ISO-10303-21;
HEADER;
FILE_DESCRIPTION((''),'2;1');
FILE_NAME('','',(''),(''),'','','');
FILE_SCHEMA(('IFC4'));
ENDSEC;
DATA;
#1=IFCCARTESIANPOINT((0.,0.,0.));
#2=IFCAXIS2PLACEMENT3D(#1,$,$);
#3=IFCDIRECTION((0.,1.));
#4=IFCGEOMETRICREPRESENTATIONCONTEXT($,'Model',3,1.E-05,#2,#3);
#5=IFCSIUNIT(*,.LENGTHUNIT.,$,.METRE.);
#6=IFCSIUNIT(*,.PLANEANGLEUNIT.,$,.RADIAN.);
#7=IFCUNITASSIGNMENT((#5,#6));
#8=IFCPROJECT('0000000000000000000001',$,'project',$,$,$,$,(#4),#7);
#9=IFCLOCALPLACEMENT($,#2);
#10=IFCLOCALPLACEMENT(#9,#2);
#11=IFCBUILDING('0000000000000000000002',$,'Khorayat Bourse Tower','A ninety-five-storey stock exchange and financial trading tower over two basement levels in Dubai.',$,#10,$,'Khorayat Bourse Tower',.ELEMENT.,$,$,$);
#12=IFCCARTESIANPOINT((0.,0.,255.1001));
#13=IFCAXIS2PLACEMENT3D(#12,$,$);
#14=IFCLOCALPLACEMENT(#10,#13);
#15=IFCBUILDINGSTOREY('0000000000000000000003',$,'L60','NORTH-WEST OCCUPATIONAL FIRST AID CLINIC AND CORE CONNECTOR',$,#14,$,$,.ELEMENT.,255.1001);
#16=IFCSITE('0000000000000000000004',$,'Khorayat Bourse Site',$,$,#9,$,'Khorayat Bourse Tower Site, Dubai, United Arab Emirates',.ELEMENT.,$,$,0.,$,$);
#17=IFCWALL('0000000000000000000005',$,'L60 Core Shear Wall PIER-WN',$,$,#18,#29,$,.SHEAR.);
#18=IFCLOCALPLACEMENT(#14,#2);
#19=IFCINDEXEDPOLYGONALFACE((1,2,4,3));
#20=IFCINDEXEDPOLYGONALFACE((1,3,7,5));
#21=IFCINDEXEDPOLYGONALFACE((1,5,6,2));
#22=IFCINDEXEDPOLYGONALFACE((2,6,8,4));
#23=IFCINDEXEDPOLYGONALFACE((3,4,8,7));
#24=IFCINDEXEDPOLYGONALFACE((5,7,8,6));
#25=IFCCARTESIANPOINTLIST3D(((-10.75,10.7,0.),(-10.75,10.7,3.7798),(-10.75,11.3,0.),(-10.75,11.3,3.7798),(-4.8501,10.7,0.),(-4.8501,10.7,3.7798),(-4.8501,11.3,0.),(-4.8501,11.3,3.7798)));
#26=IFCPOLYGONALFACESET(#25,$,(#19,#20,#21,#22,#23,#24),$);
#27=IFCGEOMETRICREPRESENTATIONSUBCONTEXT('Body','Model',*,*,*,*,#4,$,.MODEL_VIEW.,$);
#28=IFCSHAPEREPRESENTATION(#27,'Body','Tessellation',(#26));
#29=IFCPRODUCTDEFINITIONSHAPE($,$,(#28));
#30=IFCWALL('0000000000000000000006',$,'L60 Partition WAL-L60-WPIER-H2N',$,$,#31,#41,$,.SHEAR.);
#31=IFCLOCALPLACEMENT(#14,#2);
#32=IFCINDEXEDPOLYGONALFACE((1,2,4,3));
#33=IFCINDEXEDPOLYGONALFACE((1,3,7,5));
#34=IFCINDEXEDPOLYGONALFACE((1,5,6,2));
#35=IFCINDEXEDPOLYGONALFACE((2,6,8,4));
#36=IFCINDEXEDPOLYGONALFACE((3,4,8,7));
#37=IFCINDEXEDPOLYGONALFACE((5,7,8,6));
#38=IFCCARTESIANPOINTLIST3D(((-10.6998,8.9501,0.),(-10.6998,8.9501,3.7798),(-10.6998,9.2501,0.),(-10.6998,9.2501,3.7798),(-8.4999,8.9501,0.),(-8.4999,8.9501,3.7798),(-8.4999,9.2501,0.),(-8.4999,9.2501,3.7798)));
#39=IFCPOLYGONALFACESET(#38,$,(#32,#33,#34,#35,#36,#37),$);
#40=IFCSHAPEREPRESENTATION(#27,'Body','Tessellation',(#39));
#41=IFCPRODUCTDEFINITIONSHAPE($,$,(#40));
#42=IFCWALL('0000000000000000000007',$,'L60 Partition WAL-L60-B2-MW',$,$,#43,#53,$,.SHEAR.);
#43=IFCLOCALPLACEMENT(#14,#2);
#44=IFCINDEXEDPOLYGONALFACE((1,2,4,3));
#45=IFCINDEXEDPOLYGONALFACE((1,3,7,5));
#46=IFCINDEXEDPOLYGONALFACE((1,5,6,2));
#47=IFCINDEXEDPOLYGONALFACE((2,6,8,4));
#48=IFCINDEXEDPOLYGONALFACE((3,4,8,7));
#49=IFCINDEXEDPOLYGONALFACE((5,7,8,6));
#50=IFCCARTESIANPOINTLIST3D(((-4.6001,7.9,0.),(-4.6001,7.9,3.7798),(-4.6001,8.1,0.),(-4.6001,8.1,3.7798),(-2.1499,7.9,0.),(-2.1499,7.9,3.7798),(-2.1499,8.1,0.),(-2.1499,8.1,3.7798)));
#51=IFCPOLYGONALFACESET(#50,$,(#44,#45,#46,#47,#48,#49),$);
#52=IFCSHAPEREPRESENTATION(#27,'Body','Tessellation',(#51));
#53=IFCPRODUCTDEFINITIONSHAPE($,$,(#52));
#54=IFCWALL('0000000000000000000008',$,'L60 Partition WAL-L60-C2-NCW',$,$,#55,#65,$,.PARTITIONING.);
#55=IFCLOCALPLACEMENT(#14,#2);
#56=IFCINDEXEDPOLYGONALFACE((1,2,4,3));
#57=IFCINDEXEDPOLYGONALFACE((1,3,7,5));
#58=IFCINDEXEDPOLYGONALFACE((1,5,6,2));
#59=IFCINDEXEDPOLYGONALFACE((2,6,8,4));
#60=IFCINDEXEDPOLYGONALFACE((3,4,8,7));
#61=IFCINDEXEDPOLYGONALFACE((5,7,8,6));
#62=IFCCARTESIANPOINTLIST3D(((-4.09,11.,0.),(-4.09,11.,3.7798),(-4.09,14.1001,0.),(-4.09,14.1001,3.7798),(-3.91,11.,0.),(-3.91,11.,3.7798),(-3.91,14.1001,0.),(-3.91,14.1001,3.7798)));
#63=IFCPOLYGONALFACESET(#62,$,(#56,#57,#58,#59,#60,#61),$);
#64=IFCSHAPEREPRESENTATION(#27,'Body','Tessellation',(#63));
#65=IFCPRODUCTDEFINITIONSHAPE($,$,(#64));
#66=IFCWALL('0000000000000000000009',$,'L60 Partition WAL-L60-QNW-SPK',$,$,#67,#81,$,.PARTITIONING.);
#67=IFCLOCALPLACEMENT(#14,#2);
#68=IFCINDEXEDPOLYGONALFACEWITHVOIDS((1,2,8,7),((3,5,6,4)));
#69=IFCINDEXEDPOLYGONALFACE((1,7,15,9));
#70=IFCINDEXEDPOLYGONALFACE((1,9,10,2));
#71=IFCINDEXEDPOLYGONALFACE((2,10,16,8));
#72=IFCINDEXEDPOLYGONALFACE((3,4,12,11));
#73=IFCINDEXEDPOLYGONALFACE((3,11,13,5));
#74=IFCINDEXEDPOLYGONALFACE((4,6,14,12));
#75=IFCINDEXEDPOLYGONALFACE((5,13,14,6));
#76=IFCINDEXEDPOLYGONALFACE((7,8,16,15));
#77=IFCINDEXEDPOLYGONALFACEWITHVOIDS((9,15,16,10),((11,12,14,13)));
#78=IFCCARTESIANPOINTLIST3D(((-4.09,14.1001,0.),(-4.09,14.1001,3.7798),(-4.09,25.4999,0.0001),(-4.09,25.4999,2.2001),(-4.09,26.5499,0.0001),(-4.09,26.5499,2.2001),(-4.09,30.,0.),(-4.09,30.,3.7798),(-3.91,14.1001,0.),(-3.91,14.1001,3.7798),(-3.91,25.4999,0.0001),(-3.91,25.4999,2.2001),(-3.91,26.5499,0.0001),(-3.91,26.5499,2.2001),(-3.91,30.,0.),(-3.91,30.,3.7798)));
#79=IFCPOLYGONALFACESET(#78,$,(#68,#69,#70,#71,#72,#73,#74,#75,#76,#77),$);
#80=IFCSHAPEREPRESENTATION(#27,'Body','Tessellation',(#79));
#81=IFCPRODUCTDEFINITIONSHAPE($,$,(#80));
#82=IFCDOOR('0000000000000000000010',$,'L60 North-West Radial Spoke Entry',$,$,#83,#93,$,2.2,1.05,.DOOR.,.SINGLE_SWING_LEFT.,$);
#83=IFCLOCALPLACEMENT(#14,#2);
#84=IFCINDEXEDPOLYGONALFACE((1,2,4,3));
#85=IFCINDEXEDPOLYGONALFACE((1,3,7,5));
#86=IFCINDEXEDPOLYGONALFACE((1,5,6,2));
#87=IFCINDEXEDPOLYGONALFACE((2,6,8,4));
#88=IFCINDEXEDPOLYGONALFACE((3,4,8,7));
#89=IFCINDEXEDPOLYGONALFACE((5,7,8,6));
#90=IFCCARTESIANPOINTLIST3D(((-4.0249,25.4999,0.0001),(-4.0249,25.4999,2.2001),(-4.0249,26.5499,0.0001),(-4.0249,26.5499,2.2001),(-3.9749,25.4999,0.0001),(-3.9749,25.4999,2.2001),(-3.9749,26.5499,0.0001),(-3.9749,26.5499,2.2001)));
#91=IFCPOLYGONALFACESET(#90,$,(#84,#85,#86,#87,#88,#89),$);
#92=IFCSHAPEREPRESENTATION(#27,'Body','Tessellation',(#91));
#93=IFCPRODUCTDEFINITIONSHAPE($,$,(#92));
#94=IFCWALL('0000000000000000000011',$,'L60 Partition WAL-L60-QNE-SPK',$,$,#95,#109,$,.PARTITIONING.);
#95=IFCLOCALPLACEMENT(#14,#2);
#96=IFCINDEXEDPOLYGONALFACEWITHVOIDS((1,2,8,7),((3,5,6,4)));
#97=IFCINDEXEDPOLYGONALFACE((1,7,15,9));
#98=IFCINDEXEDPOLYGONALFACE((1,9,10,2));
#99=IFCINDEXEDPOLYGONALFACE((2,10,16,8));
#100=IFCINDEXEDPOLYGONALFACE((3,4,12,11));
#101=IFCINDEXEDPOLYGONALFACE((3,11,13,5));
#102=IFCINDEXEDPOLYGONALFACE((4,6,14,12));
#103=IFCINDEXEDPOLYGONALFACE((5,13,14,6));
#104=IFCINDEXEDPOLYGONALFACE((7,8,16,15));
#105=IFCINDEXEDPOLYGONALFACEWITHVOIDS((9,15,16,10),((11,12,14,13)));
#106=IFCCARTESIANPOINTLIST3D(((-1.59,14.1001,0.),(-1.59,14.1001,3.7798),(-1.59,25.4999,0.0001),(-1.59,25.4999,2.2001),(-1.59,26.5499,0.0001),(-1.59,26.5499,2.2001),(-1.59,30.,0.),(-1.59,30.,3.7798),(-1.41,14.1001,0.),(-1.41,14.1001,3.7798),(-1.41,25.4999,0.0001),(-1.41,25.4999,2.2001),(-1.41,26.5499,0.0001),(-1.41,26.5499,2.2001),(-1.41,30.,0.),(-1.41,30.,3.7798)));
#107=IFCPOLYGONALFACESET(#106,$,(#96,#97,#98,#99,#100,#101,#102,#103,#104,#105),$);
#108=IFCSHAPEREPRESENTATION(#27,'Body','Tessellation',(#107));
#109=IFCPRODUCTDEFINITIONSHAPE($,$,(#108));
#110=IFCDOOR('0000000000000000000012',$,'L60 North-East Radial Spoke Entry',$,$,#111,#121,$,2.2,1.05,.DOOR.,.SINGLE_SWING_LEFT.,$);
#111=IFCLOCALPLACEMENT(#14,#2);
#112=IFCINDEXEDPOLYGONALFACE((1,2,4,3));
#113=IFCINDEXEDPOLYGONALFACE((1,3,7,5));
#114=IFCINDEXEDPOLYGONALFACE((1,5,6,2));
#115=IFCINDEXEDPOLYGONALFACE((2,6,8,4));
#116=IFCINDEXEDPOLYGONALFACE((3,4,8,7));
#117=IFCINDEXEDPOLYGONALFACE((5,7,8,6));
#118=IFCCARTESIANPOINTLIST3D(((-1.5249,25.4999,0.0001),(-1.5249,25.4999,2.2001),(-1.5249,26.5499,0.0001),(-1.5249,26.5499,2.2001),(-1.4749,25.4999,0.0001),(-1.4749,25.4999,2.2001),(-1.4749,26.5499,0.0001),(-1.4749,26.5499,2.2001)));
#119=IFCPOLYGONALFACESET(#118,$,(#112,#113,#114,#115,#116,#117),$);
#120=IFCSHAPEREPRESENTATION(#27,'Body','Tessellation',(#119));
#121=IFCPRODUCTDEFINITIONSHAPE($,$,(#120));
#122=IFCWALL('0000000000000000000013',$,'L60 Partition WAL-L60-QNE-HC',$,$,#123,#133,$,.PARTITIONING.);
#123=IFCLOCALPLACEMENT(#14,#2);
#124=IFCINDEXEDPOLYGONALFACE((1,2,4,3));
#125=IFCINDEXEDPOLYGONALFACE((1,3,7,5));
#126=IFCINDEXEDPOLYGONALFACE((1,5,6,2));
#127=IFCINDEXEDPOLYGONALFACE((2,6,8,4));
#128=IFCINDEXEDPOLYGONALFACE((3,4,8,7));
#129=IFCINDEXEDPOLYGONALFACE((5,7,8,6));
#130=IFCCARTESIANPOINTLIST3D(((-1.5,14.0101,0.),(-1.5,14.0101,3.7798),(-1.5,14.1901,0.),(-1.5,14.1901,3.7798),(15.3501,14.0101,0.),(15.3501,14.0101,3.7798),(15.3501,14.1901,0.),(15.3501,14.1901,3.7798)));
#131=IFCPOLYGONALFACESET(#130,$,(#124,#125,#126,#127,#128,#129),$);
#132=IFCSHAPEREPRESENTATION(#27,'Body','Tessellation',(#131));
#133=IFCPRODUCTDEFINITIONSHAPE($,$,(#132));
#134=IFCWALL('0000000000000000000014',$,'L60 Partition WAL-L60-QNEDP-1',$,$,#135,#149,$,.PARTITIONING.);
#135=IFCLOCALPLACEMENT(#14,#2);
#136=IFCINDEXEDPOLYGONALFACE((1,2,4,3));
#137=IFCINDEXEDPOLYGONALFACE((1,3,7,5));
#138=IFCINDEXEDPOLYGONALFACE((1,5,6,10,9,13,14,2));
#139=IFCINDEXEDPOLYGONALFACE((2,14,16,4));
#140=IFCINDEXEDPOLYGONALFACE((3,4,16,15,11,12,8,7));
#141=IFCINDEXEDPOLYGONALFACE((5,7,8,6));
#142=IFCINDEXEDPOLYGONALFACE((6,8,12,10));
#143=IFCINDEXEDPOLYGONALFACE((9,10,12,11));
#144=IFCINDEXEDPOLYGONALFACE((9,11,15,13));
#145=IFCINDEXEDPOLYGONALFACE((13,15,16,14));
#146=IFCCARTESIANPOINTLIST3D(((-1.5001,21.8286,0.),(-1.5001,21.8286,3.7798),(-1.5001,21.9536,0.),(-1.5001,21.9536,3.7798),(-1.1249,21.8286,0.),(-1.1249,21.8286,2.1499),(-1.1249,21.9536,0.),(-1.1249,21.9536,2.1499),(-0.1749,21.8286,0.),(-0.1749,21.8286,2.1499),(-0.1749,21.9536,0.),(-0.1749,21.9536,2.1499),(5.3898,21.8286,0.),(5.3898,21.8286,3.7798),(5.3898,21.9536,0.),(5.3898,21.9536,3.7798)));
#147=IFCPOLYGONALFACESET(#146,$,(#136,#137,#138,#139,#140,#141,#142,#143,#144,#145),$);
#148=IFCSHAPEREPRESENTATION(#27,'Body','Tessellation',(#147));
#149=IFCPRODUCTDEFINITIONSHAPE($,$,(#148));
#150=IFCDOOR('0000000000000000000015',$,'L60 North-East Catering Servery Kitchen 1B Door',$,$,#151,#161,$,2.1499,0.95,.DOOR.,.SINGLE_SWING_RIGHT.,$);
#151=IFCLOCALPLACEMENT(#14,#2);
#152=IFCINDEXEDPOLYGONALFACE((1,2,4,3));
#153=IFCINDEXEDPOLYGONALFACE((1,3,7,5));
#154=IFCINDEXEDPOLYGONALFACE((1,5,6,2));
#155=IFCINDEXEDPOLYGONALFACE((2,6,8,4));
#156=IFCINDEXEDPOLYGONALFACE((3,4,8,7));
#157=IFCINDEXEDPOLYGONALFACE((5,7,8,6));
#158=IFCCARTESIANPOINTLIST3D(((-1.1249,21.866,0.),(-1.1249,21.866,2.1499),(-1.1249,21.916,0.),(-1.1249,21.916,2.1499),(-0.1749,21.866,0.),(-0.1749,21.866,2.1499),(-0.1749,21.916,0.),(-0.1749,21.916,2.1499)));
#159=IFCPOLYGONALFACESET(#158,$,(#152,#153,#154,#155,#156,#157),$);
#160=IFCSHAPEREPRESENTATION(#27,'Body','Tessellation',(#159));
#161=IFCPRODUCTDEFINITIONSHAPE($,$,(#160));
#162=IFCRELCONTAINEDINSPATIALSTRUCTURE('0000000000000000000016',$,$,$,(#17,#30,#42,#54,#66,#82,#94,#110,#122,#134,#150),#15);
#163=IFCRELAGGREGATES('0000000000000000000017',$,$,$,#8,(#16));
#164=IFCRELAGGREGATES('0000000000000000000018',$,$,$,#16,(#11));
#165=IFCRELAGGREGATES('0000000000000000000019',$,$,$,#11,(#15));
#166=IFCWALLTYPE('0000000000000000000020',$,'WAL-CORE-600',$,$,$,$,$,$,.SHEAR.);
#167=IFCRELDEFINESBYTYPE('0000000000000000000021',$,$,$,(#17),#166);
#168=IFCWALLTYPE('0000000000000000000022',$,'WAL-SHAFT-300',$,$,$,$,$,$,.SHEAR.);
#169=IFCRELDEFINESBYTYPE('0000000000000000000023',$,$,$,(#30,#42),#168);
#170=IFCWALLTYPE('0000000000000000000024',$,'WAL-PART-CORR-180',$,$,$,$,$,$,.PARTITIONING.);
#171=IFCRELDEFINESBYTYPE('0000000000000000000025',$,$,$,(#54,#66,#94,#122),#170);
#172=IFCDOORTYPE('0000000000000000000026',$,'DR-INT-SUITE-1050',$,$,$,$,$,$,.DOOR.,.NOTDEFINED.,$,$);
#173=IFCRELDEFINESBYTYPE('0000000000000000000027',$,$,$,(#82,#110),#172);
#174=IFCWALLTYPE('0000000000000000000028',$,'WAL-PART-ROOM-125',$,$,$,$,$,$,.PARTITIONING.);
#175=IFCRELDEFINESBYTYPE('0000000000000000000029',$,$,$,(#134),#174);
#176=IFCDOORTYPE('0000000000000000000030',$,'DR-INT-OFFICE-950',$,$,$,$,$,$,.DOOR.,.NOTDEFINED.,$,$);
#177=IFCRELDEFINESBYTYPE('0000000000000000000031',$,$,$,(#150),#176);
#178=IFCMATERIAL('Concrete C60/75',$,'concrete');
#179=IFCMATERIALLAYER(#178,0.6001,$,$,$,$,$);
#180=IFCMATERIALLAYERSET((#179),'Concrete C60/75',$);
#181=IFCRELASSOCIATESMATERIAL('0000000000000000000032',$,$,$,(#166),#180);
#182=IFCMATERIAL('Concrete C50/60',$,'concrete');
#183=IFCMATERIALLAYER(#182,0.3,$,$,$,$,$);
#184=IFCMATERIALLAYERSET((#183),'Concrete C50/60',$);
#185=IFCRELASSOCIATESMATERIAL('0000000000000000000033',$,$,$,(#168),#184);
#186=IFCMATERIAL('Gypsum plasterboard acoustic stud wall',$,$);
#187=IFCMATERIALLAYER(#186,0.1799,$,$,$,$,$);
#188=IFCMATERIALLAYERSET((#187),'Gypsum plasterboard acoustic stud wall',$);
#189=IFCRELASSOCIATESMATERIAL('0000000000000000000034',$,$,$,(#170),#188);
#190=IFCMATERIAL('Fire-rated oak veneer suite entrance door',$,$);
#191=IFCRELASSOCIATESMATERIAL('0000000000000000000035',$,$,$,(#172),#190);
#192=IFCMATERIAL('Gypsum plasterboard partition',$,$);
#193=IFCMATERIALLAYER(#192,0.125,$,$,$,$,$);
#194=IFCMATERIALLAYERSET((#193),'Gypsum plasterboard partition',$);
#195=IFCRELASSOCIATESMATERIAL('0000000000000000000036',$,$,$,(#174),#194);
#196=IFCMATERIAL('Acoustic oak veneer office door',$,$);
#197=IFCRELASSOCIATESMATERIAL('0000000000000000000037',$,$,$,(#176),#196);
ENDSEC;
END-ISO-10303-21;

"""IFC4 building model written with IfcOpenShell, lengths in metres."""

from ifc_helpers import new_model, si_unit, direction, frame, frame_2d, origin, place, context, subcontext, project, spatial, rectangle, extrude, source, transform, mapped, material, layer, layer_set, type_object, element, fill, save


model = new_model("IFC4")

# Units and contexts
model_context = context("Model", 3, precision=1e-05, world=origin(), true_north=direction((0.0, 1.0)))
body_context = subcontext(model_context, "Body", "Model", "MODEL_VIEW")
ifc_project = project(units=[si_unit("LENGTHUNIT", "METRE"), si_unit("PLANEANGLEUNIT", "RADIAN")], contexts=[model_context])

# Site, building, storey
site_placement = place(None, origin())
site = spatial("IfcSite", under=ifc_project, at=site_placement, Name="Khorayat Bourse Site", LongName="Khorayat Bourse Tower Site, Dubai, United Arab Emirates", CompositionType="ELEMENT", RefElevation=0.0)
building_placement = place(site_placement, origin())
building = spatial("IfcBuilding", under=site, at=building_placement, Name="Khorayat Bourse Tower", Description="A ninety-five-storey stock exchange and financial trading tower over two basement levels in Dubai.", LongName="Khorayat Bourse Tower", CompositionType="ELEMENT")
storey_placement = place(building_placement, frame((0.0, 0.0, 255.1001)))
storey = spatial("IfcBuildingStorey", under=building, at=storey_placement, Name="L60", Description="NORTH-WEST OCCUPATIONAL FIRST AID CLINIC AND CORE CONNECTOR", CompositionType="ELEMENT", Elevation=255.1001)

# Shared definitions
ifc_material_1 = material(Name="Concrete C60/75", Category="concrete")

# Walls
ifc_layer_1 = layer(ifc_material_1, 0.6001)
ifc_layer_set_1 = layer_set([ifc_layer_1], Name="Concrete C60/75")
wall_type_1 = type_object("IfcWallType", Name="WAL-CORE-600", PredefinedType="SHEAR", material=ifc_layer_set_1)
shared_shape_1 = source(origin(), body_context, "Body", "SweptSolid", [
    extrude(rectangle(XDim=5.8999, YDim=0.6001, at=frame_2d((2.95, 0.0))), origin(), (0.0, 0.0, 1.0), 3.7798),
])
wall_1_placement = place(storey_placement, frame((-10.75, 11.0, 0.0), z_axis=(0.0, 0.0, 1.0), x_axis=(1.0, 0.0, 0.0)))
element("IfcWall", 1, at=wall_1_placement, inside=storey, type_object=wall_type_1, Name="L60 Core Shear Wall PIER-WN", PredefinedType="SHEAR", context=body_context, shape_type="MappedRepresentation", body=[
    mapped(shared_shape_1, transform((0.0, 0.0, 0.0), scale=1.0)),
])
ifc_material_2 = material(Name="Concrete C50/60", Category="concrete")
ifc_layer_2 = layer(ifc_material_2, 0.3)
ifc_layer_set_2 = layer_set([ifc_layer_2], Name="Concrete C50/60")
wall_type_2 = type_object("IfcWallType", Name="WAL-SHAFT-300", PredefinedType="SHEAR", material=ifc_layer_set_2)
shared_shape_2 = source(origin(), body_context, "Body", "SweptSolid", [
    extrude(rectangle(XDim=2.2, YDim=0.3, at=frame_2d((1.1001, 0.0))), origin(), (0.0, 0.0, 1.0), 3.7798),
])
wall_2_placement = place(storey_placement, frame((-10.7, 9.1001, 0.0), z_axis=(0.0, 0.0, 1.0), x_axis=(1.0, 0.0, 0.0)))
element("IfcWall", 2, at=wall_2_placement, inside=storey, type_object=wall_type_2, Name="L60 Partition WAL-L60-WPIER-H2N", PredefinedType="SHEAR", context=body_context, shape_type="MappedRepresentation", body=[
    mapped(shared_shape_2, transform((0.0, 0.0, 0.0), scale=1.0)),
])
shared_shape_3 = source(origin(), body_context, "Body", "SweptSolid", [
    extrude(rectangle(XDim=2.4502, YDim=0.2, at=frame_2d((1.2251, 0.0))), origin(), (0.0, 0.0, 1.0), 3.7798),
])
wall_3_placement = place(storey_placement, frame((-4.6001, 8.0, 0.0), z_axis=(0.0, 0.0, 1.0), x_axis=(1.0, 0.0, 0.0)))
element("IfcWall", 3, at=wall_3_placement, inside=storey, type_object=wall_type_2, Name="L60 Partition WAL-L60-B2-MW", PredefinedType="SHEAR", context=body_context, shape_type="MappedRepresentation", body=[
    mapped(shared_shape_3, transform((0.0, 0.0, 0.0), scale=1.0)),
])
ifc_material_3 = material(Name="Gypsum plasterboard acoustic stud wall")
ifc_layer_3 = layer(ifc_material_3, 0.1799)
ifc_layer_set_3 = layer_set([ifc_layer_3], Name="Gypsum plasterboard acoustic stud wall")
wall_type_3 = type_object("IfcWallType", Name="WAL-PART-CORR-180", PredefinedType="PARTITIONING", material=ifc_layer_set_3)
shared_shape_4 = source(origin(), body_context, "Body", "SweptSolid", [
    extrude(rectangle(XDim=3.1001, YDim=0.1799, at=frame_2d((1.55, 0.0))), origin(), (0.0, 0.0, 1.0), 3.7798),
])
wall_4_placement = place(storey_placement, frame((-4.0, 11.0, 0.0), z_axis=(0.0, 0.0, 1.0), x_axis=(0.0, 1.0, 0.0)))
element("IfcWall", 4, at=wall_4_placement, inside=storey, type_object=wall_type_3, Name="L60 Partition WAL-L60-C2-NCW", PredefinedType="PARTITIONING", context=body_context, shape_type="MappedRepresentation", body=[
    mapped(shared_shape_4, transform((0.0, 0.0, 0.0), scale=1.0)),
])

# Walls, openings, doors
shared_shape_5 = source(origin(), body_context, "Body", "SweptSolid", [
    extrude(rectangle(XDim=15.8999, YDim=0.1799, at=frame_2d((7.95, 0.0))), origin(), (0.0, 0.0, 1.0), 3.7798),
])
wall_5_placement = place(storey_placement, frame((-4.0, 14.1001, 0.0), z_axis=(0.0, 0.0, 1.0), x_axis=(0.0, 1.0, 0.0)))
wall_5 = element("IfcWall", 5, at=wall_5_placement, inside=storey, type_object=wall_type_3, Name="L60 Partition WAL-L60-QNW-SPK", PredefinedType="PARTITIONING", context=body_context, shape_type="MappedRepresentation", body=[
    mapped(shared_shape_5, transform((0.0, 0.0, 0.0), scale=1.0)),
])
shared_shape_6 = source(origin(), body_context, "Body", "SweptSolid", [
    extrude(rectangle(XDim=1.05, YDim=2.2, at=frame_2d((0.5249, 1.1001))), frame((0.0, 0.0999, 0.0), z_axis=(0.0, -1.0, 0.0), x_axis=(1.0, 0.0, 0.0)), (0.0, 0.0, 1.0), 0.2),
])
opening_1_placement = place(wall_5_placement, frame((11.3999, 0.0, 0.0)))
opening_1 = element("IfcOpeningElement", 6, at=opening_1_placement, cuts=wall_5, PredefinedType="OPENING", context=body_context, shape_type="MappedRepresentation", body=[
    mapped(shared_shape_6, transform((0.0, 0.0, 0.0), scale=1.0)),
])
ifc_material_4 = material(Name="Fire-rated oak veneer suite entrance door")
door_type_1 = type_object("IfcDoorType", Name="DR-INT-SUITE-1050", OperationType="NOTDEFINED", PredefinedType="DOOR", material=ifc_material_4)
shared_shape_7 = source(origin(), body_context, "Body", "SweptSolid", [
    extrude(rectangle(XDim=1.05, YDim=2.2, at=frame_2d((0.5249, 1.1001))), frame((0.0, 0.0249, 0.0), z_axis=(0.0, -1.0, 0.0), x_axis=(1.0, 0.0, 0.0)), (0.0, 0.0, 1.0), 0.05),
])
door_1_placement = place(opening_1_placement, origin())
door_1 = element("IfcDoor", 7, at=door_1_placement, inside=storey, type_object=door_type_1, Name="L60 North-West Radial Spoke Entry", OperationType="SINGLE_SWING_LEFT", OverallHeight=2.2, OverallWidth=1.05, PredefinedType="DOOR", context=body_context, shape_type="MappedRepresentation", body=[
    mapped(shared_shape_7, transform((0.0, 0.0, 0.0), scale=1.0)),
])
fill(opening_1, door_1)
wall_6_placement = place(storey_placement, frame((-1.5, 14.1001, 0.0), z_axis=(0.0, 0.0, 1.0), x_axis=(0.0, 1.0, 0.0)))
wall_6 = element("IfcWall", 8, at=wall_6_placement, inside=storey, type_object=wall_type_3, Name="L60 Partition WAL-L60-QNE-SPK", PredefinedType="PARTITIONING", context=body_context, shape_type="MappedRepresentation", body=[
    mapped(shared_shape_5, transform((0.0, 0.0, 0.0), scale=1.0)),
])
opening_2_placement = place(wall_6_placement, frame((11.3999, 0.0, 0.0)))
opening_2 = element("IfcOpeningElement", 9, at=opening_2_placement, cuts=wall_6, PredefinedType="OPENING", context=body_context, shape_type="MappedRepresentation", body=[
    mapped(shared_shape_6, transform((0.0, 0.0, 0.0), scale=1.0)),
])
door_2_placement = place(opening_2_placement, origin())
door_2 = element("IfcDoor", 10, at=door_2_placement, inside=storey, type_object=door_type_1, Name="L60 North-East Radial Spoke Entry", OperationType="SINGLE_SWING_LEFT", OverallHeight=2.2, OverallWidth=1.05, PredefinedType="DOOR", context=body_context, shape_type="MappedRepresentation", body=[
    mapped(shared_shape_7, transform((0.0, 0.0, 0.0), scale=1.0)),
])
fill(opening_2, door_2)

# Wall
shared_shape_8 = source(origin(), body_context, "Body", "SweptSolid", [
    extrude(rectangle(XDim=16.8501, YDim=0.1799, at=frame_2d((8.425, 0.0))), origin(), (0.0, 0.0, 1.0), 3.7798),
])
wall_7_placement = place(storey_placement, frame((-1.5, 14.1001, 0.0), z_axis=(0.0, 0.0, 1.0), x_axis=(1.0, 0.0, 0.0)))
element("IfcWall", 11, at=wall_7_placement, inside=storey, type_object=wall_type_3, Name="L60 Partition WAL-L60-QNE-HC", PredefinedType="PARTITIONING", context=body_context, shape_type="MappedRepresentation", body=[
    mapped(shared_shape_8, transform((0.0, 0.0, 0.0), scale=1.0)),
])

# Wall, opening, door
ifc_material_5 = material(Name="Gypsum plasterboard partition")
ifc_layer_4 = layer(ifc_material_5, 0.125)
ifc_layer_set_4 = layer_set([ifc_layer_4], Name="Gypsum plasterboard partition")
wall_type_4 = type_object("IfcWallType", Name="WAL-PART-ROOM-125", PredefinedType="PARTITIONING", material=ifc_layer_set_4)
shared_shape_9 = source(origin(), body_context, "Body", "SweptSolid", [
    extrude(rectangle(XDim=6.8899, YDim=0.125, at=frame_2d((3.4448, 0.0))), origin(), (0.0, 0.0, 1.0), 3.7798),
])
wall_8_placement = place(storey_placement, frame((-1.5, 21.8911, 0.0), z_axis=(0.0, 0.0, 1.0), x_axis=(1.0, 0.0, 0.0)))
wall_8 = element("IfcWall", 12, at=wall_8_placement, inside=storey, type_object=wall_type_4, Name="L60 Partition WAL-L60-QNEDP-1", PredefinedType="PARTITIONING", context=body_context, shape_type="MappedRepresentation", body=[
    mapped(shared_shape_9, transform((0.0, 0.0, 0.0), scale=1.0)),
])
shared_shape_10 = source(origin(), body_context, "Body", "SweptSolid", [
    extrude(rectangle(XDim=0.95, YDim=2.1499, at=frame_2d((0.4751, 1.075))), frame((0.0, 0.0725, 0.0), z_axis=(0.0, -1.0, 0.0), x_axis=(1.0, 0.0, 0.0)), (0.0, 0.0, 1.0), 0.145),
])
opening_3_placement = place(wall_8_placement, frame((0.375, 0.0, 0.0)))
opening_3 = element("IfcOpeningElement", 13, at=opening_3_placement, cuts=wall_8, PredefinedType="OPENING", context=body_context, shape_type="MappedRepresentation", body=[
    mapped(shared_shape_10, transform((0.0, 0.0, 0.0), scale=1.0)),
])
ifc_material_6 = material(Name="Acoustic oak veneer office door")
door_type_2 = type_object("IfcDoorType", Name="DR-INT-OFFICE-950", OperationType="NOTDEFINED", PredefinedType="DOOR", material=ifc_material_6)
shared_shape_11 = source(origin(), body_context, "Body", "SweptSolid", [
    extrude(rectangle(XDim=0.95, YDim=2.1499, at=frame_2d((0.4751, 1.075))), frame((0.0, 0.0249, 0.0), z_axis=(0.0, -1.0, 0.0), x_axis=(1.0, 0.0, 0.0)), (0.0, 0.0, 1.0), 0.05),
])
door_3_placement = place(opening_3_placement, origin())
door_3 = element("IfcDoor", 14, at=door_3_placement, inside=storey, type_object=door_type_2, Name="L60 North-East Catering Servery Kitchen 1B Door", OperationType="SINGLE_SWING_RIGHT", OverallHeight=2.1499, OverallWidth=0.95, PredefinedType="DOOR", context=body_context, shape_type="MappedRepresentation", body=[
    mapped(shared_shape_11, transform((0.0, 0.0, 0.0), scale=1.0)),
])
fill(opening_3, door_3)

save(model, "model.ifc")
